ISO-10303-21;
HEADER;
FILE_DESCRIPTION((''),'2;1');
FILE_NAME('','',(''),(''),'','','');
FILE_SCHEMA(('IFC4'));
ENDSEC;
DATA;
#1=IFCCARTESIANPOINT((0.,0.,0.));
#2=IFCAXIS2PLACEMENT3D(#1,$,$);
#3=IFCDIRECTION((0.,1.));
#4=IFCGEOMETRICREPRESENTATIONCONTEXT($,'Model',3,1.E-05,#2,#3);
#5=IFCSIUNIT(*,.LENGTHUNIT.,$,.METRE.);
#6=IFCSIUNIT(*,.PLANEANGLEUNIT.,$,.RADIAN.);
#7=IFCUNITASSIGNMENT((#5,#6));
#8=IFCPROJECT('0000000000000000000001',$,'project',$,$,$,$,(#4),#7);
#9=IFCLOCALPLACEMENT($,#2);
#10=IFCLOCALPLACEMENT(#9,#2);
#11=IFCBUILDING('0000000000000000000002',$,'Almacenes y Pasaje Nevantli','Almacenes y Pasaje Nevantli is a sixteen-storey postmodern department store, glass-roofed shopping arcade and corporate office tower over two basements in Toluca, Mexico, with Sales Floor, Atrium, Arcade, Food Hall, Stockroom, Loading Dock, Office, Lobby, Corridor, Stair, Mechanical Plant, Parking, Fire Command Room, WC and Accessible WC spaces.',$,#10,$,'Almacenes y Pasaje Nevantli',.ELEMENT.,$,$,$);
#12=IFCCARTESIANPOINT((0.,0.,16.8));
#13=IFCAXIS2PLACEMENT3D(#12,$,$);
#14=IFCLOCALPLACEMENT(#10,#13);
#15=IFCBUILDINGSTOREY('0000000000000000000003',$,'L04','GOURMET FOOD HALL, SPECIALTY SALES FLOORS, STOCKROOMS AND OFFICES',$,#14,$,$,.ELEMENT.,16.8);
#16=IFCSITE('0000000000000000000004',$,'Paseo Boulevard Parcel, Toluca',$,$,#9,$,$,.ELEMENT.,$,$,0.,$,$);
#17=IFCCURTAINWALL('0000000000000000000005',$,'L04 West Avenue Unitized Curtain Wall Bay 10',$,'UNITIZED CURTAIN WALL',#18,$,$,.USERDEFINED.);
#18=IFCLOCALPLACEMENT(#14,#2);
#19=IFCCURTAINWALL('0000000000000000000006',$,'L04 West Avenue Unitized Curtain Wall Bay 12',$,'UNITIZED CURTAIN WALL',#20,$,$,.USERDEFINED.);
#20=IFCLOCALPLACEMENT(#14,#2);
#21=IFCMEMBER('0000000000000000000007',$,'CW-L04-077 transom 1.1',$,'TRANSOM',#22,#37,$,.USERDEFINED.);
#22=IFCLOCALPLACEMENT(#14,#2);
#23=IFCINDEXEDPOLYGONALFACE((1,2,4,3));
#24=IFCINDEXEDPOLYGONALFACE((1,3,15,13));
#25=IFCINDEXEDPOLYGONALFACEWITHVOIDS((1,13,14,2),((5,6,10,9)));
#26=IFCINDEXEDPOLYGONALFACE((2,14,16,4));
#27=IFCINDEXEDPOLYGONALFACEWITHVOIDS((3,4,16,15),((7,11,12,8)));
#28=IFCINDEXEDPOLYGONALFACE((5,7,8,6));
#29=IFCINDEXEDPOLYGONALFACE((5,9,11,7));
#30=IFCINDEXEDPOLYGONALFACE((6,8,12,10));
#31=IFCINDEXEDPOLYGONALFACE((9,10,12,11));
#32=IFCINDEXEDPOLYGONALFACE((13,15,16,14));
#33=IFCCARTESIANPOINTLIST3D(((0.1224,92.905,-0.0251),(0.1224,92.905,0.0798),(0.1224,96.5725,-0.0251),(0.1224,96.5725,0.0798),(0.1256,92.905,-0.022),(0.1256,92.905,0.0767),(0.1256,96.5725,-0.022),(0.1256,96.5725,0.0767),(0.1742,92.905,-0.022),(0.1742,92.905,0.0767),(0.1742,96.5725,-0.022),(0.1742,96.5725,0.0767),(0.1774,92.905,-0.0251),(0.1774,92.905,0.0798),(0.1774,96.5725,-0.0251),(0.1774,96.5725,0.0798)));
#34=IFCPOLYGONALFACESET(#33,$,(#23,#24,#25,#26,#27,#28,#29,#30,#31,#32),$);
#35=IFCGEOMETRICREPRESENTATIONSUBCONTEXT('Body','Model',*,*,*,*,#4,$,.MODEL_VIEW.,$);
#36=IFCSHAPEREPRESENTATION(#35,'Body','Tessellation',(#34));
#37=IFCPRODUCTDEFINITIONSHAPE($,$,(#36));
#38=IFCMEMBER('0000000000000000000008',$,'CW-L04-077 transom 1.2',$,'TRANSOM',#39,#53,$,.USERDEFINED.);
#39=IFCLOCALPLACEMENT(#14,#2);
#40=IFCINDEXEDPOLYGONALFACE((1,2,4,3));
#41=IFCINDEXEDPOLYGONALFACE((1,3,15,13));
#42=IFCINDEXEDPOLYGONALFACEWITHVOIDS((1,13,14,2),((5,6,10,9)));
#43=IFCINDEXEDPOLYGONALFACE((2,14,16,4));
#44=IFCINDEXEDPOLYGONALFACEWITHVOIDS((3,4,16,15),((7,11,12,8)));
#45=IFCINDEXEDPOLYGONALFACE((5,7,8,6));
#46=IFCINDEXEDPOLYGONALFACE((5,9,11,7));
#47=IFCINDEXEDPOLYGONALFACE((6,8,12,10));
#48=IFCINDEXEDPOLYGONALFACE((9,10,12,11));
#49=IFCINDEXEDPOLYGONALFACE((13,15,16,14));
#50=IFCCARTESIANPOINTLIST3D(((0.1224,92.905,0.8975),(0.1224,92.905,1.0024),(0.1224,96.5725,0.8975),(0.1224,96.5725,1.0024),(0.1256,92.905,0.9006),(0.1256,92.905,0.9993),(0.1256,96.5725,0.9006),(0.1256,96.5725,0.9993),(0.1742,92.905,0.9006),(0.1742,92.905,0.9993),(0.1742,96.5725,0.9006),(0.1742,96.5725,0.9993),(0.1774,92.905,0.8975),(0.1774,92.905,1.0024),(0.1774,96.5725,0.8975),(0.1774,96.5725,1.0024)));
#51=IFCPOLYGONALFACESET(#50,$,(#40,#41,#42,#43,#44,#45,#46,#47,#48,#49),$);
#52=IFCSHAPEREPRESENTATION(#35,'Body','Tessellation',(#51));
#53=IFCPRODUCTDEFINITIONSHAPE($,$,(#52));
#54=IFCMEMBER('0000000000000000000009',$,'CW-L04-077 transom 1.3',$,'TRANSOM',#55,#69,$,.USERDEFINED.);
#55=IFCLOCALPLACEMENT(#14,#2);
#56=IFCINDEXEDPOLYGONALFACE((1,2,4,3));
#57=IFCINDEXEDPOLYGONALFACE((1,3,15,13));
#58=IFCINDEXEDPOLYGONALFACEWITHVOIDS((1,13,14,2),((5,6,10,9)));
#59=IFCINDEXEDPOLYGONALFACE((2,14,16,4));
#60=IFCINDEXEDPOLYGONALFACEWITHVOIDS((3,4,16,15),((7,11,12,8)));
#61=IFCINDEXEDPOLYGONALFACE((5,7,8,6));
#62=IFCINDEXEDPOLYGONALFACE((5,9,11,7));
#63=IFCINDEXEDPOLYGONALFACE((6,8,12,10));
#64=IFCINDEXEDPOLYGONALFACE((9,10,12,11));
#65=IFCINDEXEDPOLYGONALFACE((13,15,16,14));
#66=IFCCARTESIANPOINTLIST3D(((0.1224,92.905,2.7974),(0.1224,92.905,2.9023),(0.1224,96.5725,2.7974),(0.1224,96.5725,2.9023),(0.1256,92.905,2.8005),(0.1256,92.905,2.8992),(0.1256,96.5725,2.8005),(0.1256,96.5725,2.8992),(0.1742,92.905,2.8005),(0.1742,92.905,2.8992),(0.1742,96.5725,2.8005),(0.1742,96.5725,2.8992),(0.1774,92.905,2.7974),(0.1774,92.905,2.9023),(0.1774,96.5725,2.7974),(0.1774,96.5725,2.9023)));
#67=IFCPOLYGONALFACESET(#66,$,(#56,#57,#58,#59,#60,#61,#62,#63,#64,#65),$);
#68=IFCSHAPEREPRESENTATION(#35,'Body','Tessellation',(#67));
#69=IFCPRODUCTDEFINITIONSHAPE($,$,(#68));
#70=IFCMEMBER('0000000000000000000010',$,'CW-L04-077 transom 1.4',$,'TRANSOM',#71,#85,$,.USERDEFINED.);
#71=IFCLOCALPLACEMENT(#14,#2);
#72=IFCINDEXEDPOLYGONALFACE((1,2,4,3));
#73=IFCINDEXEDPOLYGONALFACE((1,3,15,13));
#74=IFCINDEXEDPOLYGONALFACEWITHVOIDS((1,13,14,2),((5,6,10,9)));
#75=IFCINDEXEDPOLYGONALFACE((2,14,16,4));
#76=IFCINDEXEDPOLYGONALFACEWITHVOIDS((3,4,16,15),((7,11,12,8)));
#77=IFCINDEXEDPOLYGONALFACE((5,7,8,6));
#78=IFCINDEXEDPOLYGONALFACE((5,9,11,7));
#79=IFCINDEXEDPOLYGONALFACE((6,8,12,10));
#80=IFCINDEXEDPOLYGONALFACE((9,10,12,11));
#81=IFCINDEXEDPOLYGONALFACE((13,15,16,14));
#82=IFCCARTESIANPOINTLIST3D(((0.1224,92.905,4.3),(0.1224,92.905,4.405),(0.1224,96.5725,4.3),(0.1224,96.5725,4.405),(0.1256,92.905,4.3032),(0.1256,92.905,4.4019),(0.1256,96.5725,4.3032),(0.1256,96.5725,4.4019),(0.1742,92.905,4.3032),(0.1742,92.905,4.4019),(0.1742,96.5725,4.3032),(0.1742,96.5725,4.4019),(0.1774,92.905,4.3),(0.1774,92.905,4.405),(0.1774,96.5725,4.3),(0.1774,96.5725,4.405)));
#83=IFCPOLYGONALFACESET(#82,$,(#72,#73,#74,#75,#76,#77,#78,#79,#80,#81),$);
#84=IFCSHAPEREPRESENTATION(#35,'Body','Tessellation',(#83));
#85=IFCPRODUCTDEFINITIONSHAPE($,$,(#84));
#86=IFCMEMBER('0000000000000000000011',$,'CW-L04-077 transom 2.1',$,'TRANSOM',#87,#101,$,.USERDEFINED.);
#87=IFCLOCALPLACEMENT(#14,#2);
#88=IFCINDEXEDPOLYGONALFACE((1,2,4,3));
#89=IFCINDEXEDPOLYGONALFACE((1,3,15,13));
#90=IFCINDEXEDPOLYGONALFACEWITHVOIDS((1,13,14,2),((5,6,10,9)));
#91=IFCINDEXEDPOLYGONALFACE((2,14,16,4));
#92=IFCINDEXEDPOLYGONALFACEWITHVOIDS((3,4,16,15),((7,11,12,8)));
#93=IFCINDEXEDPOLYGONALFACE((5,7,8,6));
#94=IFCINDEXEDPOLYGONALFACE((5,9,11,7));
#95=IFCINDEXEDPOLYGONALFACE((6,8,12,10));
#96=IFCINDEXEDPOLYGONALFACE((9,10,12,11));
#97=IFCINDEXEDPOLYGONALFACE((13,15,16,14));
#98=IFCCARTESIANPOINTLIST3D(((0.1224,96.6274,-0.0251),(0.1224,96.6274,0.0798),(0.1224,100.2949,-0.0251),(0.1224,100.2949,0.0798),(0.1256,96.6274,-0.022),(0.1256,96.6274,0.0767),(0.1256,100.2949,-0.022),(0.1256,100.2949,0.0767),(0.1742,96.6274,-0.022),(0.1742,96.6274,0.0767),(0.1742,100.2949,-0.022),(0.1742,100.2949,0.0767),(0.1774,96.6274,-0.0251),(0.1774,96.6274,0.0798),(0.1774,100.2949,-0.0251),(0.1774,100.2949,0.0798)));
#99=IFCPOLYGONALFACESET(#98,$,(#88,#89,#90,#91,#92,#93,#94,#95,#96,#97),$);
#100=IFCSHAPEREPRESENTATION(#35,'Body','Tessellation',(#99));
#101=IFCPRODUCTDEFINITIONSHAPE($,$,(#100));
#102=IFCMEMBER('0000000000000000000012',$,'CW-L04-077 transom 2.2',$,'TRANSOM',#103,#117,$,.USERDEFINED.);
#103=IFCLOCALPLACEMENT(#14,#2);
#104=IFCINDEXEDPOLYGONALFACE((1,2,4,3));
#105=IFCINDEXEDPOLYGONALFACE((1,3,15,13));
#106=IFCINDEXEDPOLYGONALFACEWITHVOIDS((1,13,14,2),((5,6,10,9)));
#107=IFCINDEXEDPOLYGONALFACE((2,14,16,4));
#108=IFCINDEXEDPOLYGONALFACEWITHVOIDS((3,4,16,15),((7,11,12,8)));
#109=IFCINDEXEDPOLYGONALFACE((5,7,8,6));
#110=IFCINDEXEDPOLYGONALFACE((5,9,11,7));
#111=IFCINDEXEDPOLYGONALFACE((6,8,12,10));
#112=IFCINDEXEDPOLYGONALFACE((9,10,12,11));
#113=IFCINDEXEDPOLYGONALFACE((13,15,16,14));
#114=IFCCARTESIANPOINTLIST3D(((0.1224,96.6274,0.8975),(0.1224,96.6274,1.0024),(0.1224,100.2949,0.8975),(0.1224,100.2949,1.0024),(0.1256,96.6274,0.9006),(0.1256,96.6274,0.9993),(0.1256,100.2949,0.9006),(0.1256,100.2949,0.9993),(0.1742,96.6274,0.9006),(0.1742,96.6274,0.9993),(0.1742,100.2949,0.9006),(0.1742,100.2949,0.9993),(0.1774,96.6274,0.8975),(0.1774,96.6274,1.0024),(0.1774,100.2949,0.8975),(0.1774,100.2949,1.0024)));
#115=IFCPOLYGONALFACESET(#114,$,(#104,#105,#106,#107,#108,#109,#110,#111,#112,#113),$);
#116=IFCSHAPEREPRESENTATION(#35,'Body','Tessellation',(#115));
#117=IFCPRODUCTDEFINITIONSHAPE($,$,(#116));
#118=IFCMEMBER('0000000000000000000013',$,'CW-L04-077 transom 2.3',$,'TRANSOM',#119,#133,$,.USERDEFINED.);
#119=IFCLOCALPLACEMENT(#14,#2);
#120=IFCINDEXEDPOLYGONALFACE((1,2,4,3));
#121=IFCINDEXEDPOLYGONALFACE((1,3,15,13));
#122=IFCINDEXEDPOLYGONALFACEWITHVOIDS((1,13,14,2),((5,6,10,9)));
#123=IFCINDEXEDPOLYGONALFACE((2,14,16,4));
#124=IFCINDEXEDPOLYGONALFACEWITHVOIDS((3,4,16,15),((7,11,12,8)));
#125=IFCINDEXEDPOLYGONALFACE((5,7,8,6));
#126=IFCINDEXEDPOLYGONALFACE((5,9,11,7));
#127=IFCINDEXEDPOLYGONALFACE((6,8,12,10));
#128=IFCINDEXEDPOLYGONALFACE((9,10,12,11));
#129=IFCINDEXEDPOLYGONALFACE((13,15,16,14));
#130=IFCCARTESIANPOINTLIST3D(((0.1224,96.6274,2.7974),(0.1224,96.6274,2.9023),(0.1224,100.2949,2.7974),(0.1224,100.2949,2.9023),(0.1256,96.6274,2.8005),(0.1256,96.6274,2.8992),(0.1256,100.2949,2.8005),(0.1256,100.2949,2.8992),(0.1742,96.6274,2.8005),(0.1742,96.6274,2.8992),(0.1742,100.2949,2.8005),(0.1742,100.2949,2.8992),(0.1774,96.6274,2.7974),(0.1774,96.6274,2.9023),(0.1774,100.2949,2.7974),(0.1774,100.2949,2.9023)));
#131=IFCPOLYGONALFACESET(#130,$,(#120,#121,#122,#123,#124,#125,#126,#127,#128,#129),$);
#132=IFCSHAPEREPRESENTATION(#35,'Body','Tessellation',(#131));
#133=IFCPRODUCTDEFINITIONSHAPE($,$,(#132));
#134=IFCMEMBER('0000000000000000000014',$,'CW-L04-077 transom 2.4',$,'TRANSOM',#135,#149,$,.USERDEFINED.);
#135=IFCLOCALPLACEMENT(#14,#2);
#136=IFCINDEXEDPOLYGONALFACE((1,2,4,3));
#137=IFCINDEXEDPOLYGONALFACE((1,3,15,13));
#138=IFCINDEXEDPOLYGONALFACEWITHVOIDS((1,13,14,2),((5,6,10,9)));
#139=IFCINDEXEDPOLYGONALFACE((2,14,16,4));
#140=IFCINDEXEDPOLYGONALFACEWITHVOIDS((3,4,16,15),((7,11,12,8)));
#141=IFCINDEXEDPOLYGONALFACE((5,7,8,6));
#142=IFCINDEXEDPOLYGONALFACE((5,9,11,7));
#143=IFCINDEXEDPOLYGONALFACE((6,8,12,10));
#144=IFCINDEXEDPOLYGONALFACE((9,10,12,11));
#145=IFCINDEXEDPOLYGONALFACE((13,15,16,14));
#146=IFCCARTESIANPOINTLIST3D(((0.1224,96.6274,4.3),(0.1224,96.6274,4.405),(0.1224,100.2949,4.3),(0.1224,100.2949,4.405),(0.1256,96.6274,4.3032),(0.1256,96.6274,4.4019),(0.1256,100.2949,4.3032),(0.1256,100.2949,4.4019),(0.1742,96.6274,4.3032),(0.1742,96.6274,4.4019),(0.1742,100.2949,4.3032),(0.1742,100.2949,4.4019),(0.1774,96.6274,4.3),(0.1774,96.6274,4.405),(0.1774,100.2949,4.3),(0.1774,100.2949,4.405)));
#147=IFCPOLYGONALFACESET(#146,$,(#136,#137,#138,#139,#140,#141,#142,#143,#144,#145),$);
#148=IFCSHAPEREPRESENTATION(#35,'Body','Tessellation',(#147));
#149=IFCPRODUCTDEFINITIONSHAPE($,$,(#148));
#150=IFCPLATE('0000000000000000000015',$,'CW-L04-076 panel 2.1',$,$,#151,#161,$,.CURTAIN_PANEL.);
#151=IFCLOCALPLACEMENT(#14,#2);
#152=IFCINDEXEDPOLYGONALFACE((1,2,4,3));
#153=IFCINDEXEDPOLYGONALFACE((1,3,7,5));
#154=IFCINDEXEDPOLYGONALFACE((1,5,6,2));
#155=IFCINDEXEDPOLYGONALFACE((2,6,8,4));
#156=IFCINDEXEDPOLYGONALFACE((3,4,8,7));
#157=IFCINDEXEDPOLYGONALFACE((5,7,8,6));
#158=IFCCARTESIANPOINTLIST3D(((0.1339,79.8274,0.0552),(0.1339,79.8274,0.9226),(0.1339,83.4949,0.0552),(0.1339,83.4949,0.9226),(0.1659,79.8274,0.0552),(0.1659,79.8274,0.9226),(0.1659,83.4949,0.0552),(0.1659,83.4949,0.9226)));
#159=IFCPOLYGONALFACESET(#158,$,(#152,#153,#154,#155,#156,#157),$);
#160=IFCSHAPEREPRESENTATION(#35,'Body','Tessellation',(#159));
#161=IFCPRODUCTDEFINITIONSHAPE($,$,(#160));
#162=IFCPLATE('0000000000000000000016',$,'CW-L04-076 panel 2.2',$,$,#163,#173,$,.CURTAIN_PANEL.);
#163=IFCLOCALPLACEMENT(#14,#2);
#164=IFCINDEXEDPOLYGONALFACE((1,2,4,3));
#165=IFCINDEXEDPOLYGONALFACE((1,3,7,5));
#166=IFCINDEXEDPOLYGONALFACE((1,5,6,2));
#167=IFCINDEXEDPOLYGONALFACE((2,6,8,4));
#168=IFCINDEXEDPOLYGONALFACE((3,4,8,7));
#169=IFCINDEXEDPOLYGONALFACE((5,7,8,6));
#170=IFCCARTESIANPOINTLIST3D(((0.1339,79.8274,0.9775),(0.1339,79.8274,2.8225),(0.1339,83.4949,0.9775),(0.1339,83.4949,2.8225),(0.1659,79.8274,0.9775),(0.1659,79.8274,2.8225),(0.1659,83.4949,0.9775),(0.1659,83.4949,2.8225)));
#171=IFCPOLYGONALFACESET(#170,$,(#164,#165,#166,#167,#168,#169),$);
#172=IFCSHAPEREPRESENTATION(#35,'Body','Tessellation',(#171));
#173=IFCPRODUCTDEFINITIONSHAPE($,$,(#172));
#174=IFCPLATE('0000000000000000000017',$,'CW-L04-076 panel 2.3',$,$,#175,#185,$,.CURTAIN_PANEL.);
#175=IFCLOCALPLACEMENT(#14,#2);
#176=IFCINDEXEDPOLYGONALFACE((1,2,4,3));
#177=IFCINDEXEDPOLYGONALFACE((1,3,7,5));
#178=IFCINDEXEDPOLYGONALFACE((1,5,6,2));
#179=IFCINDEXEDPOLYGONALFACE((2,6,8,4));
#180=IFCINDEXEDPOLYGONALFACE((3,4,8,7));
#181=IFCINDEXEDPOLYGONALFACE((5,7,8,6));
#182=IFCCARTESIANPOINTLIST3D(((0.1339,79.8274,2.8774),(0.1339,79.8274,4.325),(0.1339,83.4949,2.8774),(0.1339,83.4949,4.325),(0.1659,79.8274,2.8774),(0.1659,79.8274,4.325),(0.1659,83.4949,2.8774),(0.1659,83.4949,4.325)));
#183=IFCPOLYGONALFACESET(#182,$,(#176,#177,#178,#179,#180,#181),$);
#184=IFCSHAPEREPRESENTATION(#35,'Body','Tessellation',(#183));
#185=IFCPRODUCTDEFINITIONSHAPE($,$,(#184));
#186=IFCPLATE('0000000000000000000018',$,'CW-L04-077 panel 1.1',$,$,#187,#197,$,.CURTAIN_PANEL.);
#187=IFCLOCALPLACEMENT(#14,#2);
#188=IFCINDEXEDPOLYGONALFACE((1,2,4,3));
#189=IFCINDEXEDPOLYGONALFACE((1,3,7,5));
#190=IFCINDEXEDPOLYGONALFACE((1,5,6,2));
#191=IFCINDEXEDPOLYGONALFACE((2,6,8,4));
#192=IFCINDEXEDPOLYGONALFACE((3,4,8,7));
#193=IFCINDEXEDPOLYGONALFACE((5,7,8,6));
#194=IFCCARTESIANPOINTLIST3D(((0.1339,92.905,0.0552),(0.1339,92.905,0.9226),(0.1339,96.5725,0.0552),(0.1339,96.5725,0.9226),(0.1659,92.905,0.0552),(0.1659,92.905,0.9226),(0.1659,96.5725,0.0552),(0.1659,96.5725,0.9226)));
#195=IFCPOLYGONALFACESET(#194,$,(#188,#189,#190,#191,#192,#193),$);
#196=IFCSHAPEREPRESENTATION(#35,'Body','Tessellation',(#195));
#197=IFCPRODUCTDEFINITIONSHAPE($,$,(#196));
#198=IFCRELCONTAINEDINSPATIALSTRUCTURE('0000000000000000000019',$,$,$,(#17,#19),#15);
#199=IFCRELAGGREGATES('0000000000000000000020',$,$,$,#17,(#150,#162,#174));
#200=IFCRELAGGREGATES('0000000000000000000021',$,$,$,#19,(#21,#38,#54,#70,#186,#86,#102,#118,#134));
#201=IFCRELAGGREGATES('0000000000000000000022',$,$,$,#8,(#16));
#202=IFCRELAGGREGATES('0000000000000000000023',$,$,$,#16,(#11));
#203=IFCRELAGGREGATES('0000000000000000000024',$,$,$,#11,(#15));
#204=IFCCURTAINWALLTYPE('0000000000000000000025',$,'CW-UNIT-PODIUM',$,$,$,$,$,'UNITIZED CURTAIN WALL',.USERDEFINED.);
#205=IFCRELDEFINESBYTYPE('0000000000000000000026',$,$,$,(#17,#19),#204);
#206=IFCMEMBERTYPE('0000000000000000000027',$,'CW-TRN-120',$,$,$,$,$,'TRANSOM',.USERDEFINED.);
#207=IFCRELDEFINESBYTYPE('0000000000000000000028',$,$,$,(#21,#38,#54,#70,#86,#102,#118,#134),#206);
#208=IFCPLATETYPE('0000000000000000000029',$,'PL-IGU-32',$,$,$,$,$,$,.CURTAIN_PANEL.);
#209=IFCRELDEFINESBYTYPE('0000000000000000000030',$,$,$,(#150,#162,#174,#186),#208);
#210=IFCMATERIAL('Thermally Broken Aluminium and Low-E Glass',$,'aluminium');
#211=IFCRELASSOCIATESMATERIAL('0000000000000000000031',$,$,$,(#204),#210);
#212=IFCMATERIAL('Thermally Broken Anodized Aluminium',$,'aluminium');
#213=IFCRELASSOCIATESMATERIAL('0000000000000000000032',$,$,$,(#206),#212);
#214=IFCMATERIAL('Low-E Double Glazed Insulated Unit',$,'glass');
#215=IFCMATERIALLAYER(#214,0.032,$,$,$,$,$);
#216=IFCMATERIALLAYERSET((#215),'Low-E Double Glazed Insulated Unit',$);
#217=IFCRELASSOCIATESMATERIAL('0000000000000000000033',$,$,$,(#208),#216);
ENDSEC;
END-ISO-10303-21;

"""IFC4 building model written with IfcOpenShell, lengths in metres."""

from ifc_helpers import new_model, si_unit, direction, frame, origin, origin_2d, place, context, subcontext, project, spatial, rectangle, hollow_rectangle, extrude, material, layer, layer_set, material_profile, profile_set, type_object, element, aggregate, save


model = new_model("IFC4")

# Units and contexts
model_context = context("Model", 3, precision=1e-05, world=origin(), true_north=direction((0.0, 1.0)))
body_context = subcontext(model_context, "Body", "Model", "MODEL_VIEW")
ifc_project = project(units=[si_unit("LENGTHUNIT", "METRE"), si_unit("PLANEANGLEUNIT", "RADIAN")], contexts=[model_context])

# Site, building, storey
site_placement = place(None, origin())
site = spatial("IfcSite", under=ifc_project, at=site_placement, Name="Paseo Boulevard Parcel, Toluca", CompositionType="ELEMENT", RefElevation=0.0)
building_placement = place(site_placement, origin())
building = spatial("IfcBuilding", under=site, at=building_placement, Name="Almacenes y Pasaje Nevantli", Description="Almacenes y Pasaje Nevantli is a sixteen-storey postmodern department store, glass-roofed shopping arcade and corporate office tower over two basements in Toluca, Mexico, with Sales Floor, Atrium, Arcade, Food Hall, Stockroom, Loading Dock, Office, Lobby, Corridor, Stair, Mechanical Plant, Parking, Fire Command Room, WC and Accessible WC spaces.", LongName="Almacenes y Pasaje Nevantli", CompositionType="ELEMENT")
storey_placement = place(building_placement, frame((0.0, 0.0, 16.8)))
storey = spatial("IfcBuildingStorey", under=building, at=storey_placement, Name="L04", Description="GOURMET FOOD HALL, SPECIALTY SALES FLOORS, STOCKROOMS AND OFFICES", CompositionType="ELEMENT", Elevation=16.8)

# Curtain wall
ifc_material_1 = material(Name="Thermally Broken Aluminium and Low-E Glass", Category="aluminium")
curtain_wall_type = type_object("IfcCurtainWallType", Name="CW-UNIT-PODIUM", ElementType="UNITIZED CURTAIN WALL", PredefinedType="USERDEFINED", material=ifc_material_1)
curtain_wall_1_placement = place(storey_placement, origin())
curtain_wall_1 = element("IfcCurtainWall", 1, at=curtain_wall_1_placement, inside=storey, type_object=curtain_wall_type, Name="L04 West Avenue Unitized Curtain Wall Bay 10", ObjectType="UNITIZED CURTAIN WALL", PredefinedType="USERDEFINED")

# Curtain wall
curtain_wall_2_placement = place(storey_placement, origin())
curtain_wall_2 = element("IfcCurtainWall", 2, at=curtain_wall_2_placement, inside=storey, type_object=curtain_wall_type, Name="L04 West Avenue Unitized Curtain Wall Bay 12", ObjectType="UNITIZED CURTAIN WALL", PredefinedType="USERDEFINED")

# Members
ifc_material_2 = material(Name="Thermally Broken Anodized Aluminium", Category="aluminium")
ifc_material_profile_1 = material_profile(ifc_material_2, hollow_rectangle(XDim=0.0549, YDim=0.105, WallThickness=0.0032, at=origin_2d()), Name="ALU-TRN-55x105")
ifc_profile_set_1 = profile_set([ifc_material_profile_1], Name="Thermally Broken Anodized Aluminium")
member_type_1 = type_object("IfcMemberType", Name="CW-TRN-120", ElementType="TRANSOM", PredefinedType="USERDEFINED", material=ifc_profile_set_1)
member_1_placement = place(storey_placement, frame((0.1499, 92.905, 0.0273), z_axis=(0.0, 1.0, 0.0), x_axis=(-1.0, 0.0, 0.0)))
member_1 = element("IfcMember", 3, at=member_1_placement, type_object=member_type_1, Name="CW-L04-077 transom 1.1", ObjectType="TRANSOM", PredefinedType="USERDEFINED", context=body_context, shape_type="SweptSolid", body=[
    extrude(hollow_rectangle(XDim=0.0549, YDim=0.105, WallThickness=0.0032, at=origin_2d()), origin(), (0.0, 0.0, 1.0), 3.6675),
])
member_2_placement = place(storey_placement, frame((0.1499, 92.905, 0.95), z_axis=(0.0, 1.0, 0.0), x_axis=(-1.0, 0.0, 0.0)))
member_2 = element("IfcMember", 4, at=member_2_placement, type_object=member_type_1, Name="CW-L04-077 transom 1.2", ObjectType="TRANSOM", PredefinedType="USERDEFINED", context=body_context, shape_type="SweptSolid", body=[
    extrude(hollow_rectangle(XDim=0.0549, YDim=0.105, WallThickness=0.0032, at=origin_2d()), origin(), (0.0, 0.0, 1.0), 3.6675),
])
member_3_placement = place(storey_placement, frame((0.1499, 92.905, 2.8499), z_axis=(0.0, 1.0, 0.0), x_axis=(-1.0, 0.0, 0.0)))
member_3 = element("IfcMember", 5, at=member_3_placement, type_object=member_type_1, Name="CW-L04-077 transom 1.3", ObjectType="TRANSOM", PredefinedType="USERDEFINED", context=body_context, shape_type="SweptSolid", body=[
    extrude(hollow_rectangle(XDim=0.0549, YDim=0.105, WallThickness=0.0032, at=origin_2d()), origin(), (0.0, 0.0, 1.0), 3.6675),
])
member_4_placement = place(storey_placement, frame((0.1499, 92.905, 4.3525), z_axis=(0.0, 1.0, 0.0), x_axis=(-1.0, 0.0, 0.0)))
member_4 = element("IfcMember", 6, at=member_4_placement, type_object=member_type_1, Name="CW-L04-077 transom 1.4", ObjectType="TRANSOM", PredefinedType="USERDEFINED", context=body_context, shape_type="SweptSolid", body=[
    extrude(hollow_rectangle(XDim=0.0549, YDim=0.105, WallThickness=0.0032, at=origin_2d()), origin(), (0.0, 0.0, 1.0), 3.6675),
])
member_5_placement = place(storey_placement, frame((0.1499, 96.6274, 0.0273), z_axis=(0.0, 1.0, 0.0), x_axis=(-1.0, 0.0, 0.0)))
member_5 = element("IfcMember", 7, at=member_5_placement, type_object=member_type_1, Name="CW-L04-077 transom 2.1", ObjectType="TRANSOM", PredefinedType="USERDEFINED", context=body_context, shape_type="SweptSolid", body=[
    extrude(hollow_rectangle(XDim=0.0549, YDim=0.105, WallThickness=0.0032, at=origin_2d()), origin(), (0.0, 0.0, 1.0), 3.6675),
])
member_6_placement = place(storey_placement, frame((0.1499, 96.6274, 0.95), z_axis=(0.0, 1.0, 0.0), x_axis=(-1.0, 0.0, 0.0)))
member_6 = element("IfcMember", 8, at=member_6_placement, type_object=member_type_1, Name="CW-L04-077 transom 2.2", ObjectType="TRANSOM", PredefinedType="USERDEFINED", context=body_context, shape_type="SweptSolid", body=[
    extrude(hollow_rectangle(XDim=0.0549, YDim=0.105, WallThickness=0.0032, at=origin_2d()), origin(), (0.0, 0.0, 1.0), 3.6675),
])
member_7_placement = place(storey_placement, frame((0.1499, 96.6274, 2.8499), z_axis=(0.0, 1.0, 0.0), x_axis=(-1.0, 0.0, 0.0)))
member_7 = element("IfcMember", 9, at=member_7_placement, type_object=member_type_1, Name="CW-L04-077 transom 2.3", ObjectType="TRANSOM", PredefinedType="USERDEFINED", context=body_context, shape_type="SweptSolid", body=[
    extrude(hollow_rectangle(XDim=0.0549, YDim=0.105, WallThickness=0.0032, at=origin_2d()), origin(), (0.0, 0.0, 1.0), 3.6675),
])
member_8_placement = place(storey_placement, frame((0.1499, 96.6274, 4.3525), z_axis=(0.0, 1.0, 0.0), x_axis=(-1.0, 0.0, 0.0)))
member_8 = element("IfcMember", 10, at=member_8_placement, type_object=member_type_1, Name="CW-L04-077 transom 2.4", ObjectType="TRANSOM", PredefinedType="USERDEFINED", context=body_context, shape_type="SweptSolid", body=[
    extrude(hollow_rectangle(XDim=0.0549, YDim=0.105, WallThickness=0.0032, at=origin_2d()), origin(), (0.0, 0.0, 1.0), 3.6675),
])

# Plates
ifc_material_3 = material(Name="Low-E Double Glazed Insulated Unit", Category="glass")
ifc_layer_1 = layer(ifc_material_3, 0.032)
ifc_layer_set_1 = layer_set([ifc_layer_1], Name="Low-E Double Glazed Insulated Unit")
plate_type = type_object("IfcPlateType", Name="PL-IGU-32", PredefinedType="CURTAIN_PANEL", material=ifc_layer_set_1)
plate_1_placement = place(storey_placement, frame((0.1499, 81.6611, 0.0552), z_axis=(0.0, 0.0, 1.0), x_axis=(0.0, 1.0, 0.0)))
plate_1 = element("IfcPlate", 11, at=plate_1_placement, type_object=plate_type, Name="CW-L04-076 panel 2.1", PredefinedType="CURTAIN_PANEL", context=body_context, shape_type="SweptSolid", body=[
    extrude(rectangle(XDim=3.6675, YDim=0.032, at=origin_2d()), origin(), (0.0, 0.0, 1.0), 0.8674),
])
plate_2_placement = place(storey_placement, frame((0.1499, 81.6611, 0.9775), z_axis=(0.0, 0.0, 1.0), x_axis=(0.0, 1.0, 0.0)))
plate_2 = element("IfcPlate", 12, at=plate_2_placement, type_object=plate_type, Name="CW-L04-076 panel 2.2", PredefinedType="CURTAIN_PANEL", context=body_context, shape_type="SweptSolid", body=[
    extrude(rectangle(XDim=3.6675, YDim=0.032, at=origin_2d()), origin(), (0.0, 0.0, 1.0), 1.845),
])
plate_3_placement = place(storey_placement, frame((0.1499, 81.6611, 2.8774), z_axis=(0.0, 0.0, 1.0), x_axis=(0.0, 1.0, 0.0)))
plate_3 = element("IfcPlate", 13, at=plate_3_placement, type_object=plate_type, Name="CW-L04-076 panel 2.3", PredefinedType="CURTAIN_PANEL", context=body_context, shape_type="SweptSolid", body=[
    extrude(rectangle(XDim=3.6675, YDim=0.032, at=origin_2d()), origin(), (0.0, 0.0, 1.0), 1.4475),
])
aggregate(curtain_wall_1, [plate_1, plate_2, plate_3])
plate_4_placement = place(storey_placement, frame((0.1499, 94.7388, 0.0552), z_axis=(0.0, 0.0, 1.0), x_axis=(0.0, 1.0, 0.0)))
plate_4 = element("IfcPlate", 14, at=plate_4_placement, type_object=plate_type, Name="CW-L04-077 panel 1.1", PredefinedType="CURTAIN_PANEL", context=body_context, shape_type="SweptSolid", body=[
    extrude(rectangle(XDim=3.6675, YDim=0.032, at=origin_2d()), origin(), (0.0, 0.0, 1.0), 0.8674),
])
aggregate(curtain_wall_2, [member_1, member_2, member_3, member_4, plate_4, member_5, member_6, member_7, member_8])

save(model, "model.ifc")
